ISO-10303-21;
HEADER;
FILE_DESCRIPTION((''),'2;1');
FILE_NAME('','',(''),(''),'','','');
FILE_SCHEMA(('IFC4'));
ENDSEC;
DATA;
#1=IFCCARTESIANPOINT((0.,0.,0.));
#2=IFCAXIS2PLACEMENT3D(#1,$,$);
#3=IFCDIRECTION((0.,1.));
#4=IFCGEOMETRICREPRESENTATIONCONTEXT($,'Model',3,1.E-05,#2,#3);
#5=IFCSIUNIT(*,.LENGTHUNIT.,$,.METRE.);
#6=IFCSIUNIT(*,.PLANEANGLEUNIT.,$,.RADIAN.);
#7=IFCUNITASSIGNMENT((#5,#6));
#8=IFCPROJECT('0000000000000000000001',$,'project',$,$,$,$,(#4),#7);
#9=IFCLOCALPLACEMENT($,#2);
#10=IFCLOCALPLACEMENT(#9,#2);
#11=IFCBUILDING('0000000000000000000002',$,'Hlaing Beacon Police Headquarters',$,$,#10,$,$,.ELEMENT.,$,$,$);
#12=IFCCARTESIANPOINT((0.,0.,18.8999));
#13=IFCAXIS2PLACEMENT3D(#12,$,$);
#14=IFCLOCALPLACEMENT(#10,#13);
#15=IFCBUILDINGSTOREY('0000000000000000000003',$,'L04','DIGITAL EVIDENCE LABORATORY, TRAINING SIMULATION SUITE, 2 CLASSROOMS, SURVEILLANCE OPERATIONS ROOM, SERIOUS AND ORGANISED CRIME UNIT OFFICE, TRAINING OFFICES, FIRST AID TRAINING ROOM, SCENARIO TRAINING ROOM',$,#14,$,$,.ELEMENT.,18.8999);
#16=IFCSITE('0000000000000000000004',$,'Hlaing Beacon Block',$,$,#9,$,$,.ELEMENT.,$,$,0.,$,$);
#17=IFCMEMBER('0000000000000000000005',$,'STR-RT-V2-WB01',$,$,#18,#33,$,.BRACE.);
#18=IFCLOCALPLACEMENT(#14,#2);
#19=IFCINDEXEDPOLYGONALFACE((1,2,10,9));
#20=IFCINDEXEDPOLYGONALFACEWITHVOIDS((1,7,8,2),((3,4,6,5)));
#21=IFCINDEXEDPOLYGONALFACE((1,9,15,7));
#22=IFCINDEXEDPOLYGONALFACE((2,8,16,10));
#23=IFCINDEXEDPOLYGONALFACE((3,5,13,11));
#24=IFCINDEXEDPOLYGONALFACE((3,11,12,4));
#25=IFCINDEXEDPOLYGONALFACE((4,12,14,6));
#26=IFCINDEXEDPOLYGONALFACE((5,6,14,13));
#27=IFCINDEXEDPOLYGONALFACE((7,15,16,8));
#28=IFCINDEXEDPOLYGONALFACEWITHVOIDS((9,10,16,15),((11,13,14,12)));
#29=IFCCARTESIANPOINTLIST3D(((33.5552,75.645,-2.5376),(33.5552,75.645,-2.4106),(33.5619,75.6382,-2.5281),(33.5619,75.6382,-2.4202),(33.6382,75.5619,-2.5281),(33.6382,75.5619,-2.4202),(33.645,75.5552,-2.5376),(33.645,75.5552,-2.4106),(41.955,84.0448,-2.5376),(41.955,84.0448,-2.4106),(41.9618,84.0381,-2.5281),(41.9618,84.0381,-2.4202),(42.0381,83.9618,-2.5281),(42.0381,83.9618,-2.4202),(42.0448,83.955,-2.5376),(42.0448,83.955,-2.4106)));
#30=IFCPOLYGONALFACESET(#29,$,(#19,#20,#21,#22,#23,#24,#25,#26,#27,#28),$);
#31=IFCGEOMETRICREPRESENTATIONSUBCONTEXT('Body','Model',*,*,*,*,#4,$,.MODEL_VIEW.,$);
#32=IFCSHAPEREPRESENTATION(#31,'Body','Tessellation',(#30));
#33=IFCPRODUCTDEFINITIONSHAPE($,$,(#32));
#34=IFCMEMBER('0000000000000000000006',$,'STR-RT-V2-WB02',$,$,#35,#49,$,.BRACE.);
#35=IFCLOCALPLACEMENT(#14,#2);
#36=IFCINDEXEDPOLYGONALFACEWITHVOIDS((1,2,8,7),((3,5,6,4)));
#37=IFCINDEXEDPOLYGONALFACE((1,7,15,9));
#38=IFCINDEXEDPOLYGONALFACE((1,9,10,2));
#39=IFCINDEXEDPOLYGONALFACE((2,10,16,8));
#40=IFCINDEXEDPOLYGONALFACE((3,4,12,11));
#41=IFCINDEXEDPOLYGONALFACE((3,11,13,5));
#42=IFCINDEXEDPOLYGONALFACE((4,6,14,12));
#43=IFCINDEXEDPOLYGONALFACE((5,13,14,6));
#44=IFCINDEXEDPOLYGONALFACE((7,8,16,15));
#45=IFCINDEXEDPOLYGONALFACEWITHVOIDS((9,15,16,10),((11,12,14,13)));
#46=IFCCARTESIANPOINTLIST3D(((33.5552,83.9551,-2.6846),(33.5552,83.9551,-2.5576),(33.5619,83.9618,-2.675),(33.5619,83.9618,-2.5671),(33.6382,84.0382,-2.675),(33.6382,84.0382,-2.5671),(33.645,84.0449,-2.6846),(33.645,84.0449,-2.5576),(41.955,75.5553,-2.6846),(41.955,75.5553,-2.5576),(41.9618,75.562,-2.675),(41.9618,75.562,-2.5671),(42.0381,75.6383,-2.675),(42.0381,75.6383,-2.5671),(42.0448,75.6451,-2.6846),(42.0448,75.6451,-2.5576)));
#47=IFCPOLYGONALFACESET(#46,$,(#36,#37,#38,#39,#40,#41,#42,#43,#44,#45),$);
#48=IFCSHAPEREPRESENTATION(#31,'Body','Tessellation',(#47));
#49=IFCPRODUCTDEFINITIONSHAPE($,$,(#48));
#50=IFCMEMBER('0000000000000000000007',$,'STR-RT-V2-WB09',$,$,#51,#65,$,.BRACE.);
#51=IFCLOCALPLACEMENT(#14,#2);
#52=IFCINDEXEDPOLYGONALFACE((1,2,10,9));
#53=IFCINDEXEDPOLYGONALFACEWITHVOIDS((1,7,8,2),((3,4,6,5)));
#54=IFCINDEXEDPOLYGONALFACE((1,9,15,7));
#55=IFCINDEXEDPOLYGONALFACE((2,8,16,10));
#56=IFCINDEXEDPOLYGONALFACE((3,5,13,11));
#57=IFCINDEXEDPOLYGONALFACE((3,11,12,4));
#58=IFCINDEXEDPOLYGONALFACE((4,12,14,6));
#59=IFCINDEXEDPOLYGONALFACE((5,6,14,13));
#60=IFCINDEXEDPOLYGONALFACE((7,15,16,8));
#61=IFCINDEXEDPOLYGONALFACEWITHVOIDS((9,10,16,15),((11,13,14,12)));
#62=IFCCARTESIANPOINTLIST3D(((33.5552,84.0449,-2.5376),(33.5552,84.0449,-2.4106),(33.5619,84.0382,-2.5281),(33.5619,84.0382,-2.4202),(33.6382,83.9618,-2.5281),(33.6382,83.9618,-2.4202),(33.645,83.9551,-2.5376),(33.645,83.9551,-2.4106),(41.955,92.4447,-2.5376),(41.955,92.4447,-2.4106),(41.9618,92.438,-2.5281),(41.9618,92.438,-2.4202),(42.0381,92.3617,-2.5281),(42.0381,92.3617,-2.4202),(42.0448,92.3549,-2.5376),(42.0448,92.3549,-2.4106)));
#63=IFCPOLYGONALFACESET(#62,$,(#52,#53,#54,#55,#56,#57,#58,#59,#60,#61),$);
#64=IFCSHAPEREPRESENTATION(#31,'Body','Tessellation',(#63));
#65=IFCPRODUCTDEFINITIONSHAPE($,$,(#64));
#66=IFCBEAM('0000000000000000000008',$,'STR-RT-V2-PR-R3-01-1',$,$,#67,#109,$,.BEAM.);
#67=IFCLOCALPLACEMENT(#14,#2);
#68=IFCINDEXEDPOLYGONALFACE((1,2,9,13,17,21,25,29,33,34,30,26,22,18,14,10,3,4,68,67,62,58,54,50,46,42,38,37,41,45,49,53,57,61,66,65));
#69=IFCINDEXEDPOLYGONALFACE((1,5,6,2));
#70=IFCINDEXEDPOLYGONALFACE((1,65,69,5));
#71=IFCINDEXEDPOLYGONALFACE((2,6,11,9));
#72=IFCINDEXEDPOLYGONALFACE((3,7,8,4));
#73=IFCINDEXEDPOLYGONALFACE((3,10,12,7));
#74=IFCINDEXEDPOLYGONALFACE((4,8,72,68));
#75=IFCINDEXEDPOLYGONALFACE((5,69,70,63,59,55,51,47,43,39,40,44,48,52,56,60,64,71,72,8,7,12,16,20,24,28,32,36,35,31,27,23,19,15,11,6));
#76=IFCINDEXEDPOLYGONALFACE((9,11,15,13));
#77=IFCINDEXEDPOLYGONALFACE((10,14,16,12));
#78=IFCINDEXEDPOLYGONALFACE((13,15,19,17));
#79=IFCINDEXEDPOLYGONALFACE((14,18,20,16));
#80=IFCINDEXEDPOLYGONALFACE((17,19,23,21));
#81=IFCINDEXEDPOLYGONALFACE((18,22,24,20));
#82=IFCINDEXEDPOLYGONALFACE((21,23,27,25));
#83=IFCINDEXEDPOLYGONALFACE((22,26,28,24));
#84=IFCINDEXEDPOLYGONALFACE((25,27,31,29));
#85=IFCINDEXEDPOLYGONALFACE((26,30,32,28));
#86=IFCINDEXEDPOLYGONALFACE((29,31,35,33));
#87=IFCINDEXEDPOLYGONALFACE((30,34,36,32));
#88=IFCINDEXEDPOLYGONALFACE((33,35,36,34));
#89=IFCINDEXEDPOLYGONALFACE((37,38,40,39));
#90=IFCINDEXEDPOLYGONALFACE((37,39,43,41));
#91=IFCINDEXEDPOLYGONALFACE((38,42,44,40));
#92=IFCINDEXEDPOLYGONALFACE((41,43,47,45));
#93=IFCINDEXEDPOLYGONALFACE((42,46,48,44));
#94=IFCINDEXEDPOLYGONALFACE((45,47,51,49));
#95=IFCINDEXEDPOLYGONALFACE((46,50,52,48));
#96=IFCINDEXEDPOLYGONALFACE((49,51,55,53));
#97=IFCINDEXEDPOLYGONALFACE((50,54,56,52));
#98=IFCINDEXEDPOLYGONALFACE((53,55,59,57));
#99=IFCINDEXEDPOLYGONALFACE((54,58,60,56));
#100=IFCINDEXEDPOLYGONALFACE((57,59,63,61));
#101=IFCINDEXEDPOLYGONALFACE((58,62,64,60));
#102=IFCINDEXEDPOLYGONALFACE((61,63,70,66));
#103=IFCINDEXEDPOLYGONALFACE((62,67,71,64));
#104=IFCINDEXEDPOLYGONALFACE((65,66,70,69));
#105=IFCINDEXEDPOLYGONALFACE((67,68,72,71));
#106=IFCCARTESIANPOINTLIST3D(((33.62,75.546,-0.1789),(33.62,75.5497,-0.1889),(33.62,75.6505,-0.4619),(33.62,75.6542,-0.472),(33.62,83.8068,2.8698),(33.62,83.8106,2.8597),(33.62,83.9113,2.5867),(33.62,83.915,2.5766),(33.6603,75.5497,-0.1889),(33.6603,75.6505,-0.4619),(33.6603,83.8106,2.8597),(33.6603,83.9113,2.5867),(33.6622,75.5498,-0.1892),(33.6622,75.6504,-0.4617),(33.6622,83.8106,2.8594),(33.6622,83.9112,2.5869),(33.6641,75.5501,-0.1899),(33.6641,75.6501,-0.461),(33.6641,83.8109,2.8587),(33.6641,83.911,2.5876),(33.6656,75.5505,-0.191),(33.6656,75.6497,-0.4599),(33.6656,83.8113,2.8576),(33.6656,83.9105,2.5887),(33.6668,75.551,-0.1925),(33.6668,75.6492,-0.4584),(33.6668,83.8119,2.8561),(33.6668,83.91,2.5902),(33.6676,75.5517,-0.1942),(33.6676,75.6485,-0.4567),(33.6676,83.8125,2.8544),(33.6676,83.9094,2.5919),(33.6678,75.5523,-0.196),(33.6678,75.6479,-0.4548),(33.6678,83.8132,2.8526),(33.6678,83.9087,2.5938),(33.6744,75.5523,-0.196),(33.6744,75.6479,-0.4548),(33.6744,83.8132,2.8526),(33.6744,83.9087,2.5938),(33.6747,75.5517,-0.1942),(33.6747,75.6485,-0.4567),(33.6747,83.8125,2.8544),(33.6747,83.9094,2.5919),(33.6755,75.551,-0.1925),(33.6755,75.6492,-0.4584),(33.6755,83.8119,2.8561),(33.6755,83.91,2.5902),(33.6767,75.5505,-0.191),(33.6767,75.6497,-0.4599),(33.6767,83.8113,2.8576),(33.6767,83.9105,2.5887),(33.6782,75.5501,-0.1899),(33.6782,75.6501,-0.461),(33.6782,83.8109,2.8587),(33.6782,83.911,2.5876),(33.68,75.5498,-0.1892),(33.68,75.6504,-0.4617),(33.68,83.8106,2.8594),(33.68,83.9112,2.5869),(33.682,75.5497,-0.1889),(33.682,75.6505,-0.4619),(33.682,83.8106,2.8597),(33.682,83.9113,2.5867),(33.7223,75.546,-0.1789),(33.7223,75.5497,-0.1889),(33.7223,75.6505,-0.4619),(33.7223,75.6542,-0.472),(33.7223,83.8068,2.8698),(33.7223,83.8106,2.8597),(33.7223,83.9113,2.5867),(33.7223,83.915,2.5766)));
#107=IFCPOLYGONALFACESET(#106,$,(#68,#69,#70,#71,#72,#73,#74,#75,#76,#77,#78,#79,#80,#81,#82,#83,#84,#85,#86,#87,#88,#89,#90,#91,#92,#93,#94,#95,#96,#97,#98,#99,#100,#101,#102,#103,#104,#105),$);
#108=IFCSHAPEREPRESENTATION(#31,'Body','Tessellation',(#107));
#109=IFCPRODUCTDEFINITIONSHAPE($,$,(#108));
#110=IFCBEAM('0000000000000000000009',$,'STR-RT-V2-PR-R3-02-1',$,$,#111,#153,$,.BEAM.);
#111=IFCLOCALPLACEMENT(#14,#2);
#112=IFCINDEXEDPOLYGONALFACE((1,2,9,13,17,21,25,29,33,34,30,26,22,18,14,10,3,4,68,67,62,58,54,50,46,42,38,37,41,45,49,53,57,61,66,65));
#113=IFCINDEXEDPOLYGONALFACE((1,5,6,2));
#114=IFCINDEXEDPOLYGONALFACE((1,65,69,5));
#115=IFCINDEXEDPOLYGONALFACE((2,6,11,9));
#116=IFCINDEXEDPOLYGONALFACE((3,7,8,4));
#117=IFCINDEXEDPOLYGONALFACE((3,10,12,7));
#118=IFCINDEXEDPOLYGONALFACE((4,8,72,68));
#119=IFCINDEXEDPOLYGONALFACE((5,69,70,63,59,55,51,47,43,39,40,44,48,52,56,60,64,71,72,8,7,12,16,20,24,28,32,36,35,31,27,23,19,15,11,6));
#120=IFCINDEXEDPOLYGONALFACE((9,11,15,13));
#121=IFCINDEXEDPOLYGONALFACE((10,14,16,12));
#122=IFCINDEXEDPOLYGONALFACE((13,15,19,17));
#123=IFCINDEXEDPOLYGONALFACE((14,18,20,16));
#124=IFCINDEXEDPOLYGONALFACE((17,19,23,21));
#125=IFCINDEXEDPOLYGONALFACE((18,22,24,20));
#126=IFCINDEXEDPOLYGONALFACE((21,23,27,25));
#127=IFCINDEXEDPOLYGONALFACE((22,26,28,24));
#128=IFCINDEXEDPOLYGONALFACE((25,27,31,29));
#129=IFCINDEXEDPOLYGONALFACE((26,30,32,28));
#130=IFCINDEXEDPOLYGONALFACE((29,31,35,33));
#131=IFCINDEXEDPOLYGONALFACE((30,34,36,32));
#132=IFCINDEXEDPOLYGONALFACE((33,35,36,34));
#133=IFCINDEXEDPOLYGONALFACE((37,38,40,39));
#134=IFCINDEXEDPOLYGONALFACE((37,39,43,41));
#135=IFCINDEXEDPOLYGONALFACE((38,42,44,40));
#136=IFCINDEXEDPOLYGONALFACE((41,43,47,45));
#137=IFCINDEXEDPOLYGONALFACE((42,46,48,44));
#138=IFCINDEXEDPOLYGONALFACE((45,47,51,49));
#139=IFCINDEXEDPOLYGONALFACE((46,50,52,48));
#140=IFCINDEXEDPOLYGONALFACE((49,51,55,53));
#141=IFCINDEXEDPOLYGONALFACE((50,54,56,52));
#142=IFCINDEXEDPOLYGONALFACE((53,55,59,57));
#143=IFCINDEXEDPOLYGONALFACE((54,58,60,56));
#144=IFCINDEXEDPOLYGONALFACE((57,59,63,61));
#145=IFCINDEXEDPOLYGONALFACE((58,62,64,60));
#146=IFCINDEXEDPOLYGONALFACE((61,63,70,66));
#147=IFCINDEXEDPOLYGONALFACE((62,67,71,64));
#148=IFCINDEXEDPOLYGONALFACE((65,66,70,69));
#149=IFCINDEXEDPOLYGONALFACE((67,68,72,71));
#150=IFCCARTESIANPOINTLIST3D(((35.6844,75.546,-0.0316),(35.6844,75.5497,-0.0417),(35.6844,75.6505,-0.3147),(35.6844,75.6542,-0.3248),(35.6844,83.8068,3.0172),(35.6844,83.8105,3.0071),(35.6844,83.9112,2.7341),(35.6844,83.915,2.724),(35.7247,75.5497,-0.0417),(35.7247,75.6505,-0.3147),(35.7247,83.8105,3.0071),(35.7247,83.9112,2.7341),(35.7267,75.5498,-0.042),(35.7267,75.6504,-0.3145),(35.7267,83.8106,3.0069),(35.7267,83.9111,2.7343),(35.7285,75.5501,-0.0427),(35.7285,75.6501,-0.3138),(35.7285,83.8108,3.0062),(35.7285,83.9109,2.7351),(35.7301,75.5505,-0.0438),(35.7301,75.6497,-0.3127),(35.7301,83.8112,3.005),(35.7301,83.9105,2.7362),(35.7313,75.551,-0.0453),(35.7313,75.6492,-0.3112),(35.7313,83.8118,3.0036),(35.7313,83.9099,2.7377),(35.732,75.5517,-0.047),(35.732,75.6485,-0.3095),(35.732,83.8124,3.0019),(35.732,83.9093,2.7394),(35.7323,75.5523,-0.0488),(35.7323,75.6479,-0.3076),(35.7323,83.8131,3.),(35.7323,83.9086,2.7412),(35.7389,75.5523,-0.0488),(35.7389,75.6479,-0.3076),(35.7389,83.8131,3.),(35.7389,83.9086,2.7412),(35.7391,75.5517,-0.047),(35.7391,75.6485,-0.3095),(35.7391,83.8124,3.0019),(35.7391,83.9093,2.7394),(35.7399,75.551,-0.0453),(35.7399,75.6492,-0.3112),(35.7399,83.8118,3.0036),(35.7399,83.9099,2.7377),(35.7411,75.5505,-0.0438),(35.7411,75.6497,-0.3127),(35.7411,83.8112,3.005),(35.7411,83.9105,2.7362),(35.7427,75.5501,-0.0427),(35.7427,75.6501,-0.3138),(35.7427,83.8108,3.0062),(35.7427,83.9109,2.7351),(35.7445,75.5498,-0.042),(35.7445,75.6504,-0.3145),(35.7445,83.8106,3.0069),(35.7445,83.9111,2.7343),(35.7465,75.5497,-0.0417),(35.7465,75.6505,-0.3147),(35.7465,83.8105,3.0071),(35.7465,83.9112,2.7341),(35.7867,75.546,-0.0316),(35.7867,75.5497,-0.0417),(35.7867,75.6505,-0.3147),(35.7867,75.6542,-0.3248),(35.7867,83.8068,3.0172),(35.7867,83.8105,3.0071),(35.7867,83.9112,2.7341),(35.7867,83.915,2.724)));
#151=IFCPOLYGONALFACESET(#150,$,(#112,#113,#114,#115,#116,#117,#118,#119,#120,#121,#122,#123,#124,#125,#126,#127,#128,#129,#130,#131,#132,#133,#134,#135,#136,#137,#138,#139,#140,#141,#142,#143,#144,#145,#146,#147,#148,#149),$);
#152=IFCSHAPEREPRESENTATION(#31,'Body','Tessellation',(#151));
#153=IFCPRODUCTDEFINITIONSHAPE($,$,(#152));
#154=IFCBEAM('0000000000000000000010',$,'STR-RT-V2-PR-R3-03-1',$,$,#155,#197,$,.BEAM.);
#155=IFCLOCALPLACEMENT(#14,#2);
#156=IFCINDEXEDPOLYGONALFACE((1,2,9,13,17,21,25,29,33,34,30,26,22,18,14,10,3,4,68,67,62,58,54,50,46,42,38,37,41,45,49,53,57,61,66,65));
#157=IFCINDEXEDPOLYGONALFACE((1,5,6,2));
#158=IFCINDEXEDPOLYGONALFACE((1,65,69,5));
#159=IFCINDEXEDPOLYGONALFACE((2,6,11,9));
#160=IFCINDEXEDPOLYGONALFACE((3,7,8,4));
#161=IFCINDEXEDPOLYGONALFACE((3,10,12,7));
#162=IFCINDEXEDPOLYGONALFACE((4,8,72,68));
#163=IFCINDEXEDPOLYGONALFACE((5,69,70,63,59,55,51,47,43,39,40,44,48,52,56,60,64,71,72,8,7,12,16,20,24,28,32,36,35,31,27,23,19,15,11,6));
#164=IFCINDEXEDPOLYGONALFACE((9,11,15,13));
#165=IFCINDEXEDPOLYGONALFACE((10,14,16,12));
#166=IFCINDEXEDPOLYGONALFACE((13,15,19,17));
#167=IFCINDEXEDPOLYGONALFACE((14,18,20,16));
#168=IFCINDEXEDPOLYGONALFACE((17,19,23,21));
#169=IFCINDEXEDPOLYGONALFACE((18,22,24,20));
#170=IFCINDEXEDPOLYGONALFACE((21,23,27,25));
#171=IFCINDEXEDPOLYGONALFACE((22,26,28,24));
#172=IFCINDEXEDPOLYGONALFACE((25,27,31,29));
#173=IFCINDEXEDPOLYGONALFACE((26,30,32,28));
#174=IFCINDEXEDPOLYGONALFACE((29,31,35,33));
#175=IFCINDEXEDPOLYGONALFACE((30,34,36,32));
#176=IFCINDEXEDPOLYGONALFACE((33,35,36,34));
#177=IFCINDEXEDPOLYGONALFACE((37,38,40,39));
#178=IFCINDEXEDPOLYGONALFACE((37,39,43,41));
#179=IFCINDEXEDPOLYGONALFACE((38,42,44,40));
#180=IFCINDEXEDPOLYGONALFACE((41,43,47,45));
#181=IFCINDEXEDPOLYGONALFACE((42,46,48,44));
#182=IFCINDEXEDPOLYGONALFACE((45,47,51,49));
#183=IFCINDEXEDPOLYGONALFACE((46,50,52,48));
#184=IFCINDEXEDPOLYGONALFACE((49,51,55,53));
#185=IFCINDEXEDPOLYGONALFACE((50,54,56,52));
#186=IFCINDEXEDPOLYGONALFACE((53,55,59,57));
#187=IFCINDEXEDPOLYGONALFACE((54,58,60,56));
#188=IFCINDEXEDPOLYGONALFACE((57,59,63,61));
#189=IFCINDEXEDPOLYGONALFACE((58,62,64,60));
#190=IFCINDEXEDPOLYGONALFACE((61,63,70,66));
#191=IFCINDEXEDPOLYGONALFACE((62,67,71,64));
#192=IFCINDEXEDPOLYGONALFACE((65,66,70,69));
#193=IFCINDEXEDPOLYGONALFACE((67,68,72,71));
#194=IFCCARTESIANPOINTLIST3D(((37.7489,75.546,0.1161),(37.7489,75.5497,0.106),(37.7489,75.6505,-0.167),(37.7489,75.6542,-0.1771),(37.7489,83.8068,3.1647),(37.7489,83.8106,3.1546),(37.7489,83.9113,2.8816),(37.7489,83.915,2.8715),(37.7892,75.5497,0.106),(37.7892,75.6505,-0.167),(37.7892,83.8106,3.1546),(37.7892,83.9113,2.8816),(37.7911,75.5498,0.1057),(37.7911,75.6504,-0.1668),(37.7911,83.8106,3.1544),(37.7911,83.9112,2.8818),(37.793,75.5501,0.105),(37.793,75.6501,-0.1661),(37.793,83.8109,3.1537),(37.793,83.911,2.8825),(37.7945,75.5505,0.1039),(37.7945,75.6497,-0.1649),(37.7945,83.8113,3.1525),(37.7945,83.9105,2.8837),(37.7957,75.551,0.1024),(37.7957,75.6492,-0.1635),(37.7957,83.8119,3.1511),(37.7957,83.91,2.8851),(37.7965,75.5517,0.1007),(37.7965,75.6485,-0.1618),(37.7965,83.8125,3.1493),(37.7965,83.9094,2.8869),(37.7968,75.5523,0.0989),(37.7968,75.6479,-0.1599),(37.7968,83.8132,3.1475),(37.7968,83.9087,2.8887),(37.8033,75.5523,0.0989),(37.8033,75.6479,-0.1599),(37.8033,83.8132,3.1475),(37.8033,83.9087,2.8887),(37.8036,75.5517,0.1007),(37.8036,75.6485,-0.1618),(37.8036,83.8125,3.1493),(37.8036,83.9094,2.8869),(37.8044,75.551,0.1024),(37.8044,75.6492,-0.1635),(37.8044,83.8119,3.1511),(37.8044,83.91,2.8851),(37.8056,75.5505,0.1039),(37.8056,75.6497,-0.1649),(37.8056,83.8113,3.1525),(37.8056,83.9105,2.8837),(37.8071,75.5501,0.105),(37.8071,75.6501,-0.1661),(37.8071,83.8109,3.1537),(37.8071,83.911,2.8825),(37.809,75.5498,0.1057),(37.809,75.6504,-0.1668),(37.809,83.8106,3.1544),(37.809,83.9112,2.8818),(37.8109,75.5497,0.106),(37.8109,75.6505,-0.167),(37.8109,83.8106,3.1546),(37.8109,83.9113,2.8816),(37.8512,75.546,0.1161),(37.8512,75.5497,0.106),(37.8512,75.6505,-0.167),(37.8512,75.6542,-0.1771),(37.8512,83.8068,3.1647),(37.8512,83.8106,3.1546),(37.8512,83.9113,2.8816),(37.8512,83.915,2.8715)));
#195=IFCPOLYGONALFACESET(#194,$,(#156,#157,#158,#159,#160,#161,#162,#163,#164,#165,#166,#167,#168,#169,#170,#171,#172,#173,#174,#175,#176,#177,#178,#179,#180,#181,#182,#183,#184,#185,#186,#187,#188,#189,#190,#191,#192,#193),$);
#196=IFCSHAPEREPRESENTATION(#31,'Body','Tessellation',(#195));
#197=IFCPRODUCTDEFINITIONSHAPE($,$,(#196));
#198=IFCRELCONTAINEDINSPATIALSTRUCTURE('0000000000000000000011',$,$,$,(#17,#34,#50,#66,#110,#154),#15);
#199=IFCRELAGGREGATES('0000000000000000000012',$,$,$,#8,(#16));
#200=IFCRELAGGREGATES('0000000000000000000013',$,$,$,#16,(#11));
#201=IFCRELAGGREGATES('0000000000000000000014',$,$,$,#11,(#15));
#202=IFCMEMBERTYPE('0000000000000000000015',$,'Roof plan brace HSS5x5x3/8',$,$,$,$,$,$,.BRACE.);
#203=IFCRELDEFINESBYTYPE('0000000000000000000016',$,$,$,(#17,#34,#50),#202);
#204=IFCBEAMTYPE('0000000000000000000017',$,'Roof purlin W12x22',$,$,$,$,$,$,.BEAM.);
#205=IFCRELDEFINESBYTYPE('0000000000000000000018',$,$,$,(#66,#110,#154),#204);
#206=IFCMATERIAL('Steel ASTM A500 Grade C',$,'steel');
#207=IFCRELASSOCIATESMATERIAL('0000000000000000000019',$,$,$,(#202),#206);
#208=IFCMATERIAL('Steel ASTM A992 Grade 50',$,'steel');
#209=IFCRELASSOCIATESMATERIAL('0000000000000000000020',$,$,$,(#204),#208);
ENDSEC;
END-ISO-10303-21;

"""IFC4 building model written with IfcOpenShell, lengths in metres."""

from ifc_helpers import new_model, si_unit, direction, frame, origin, origin_2d, place, context, subcontext, project, spatial, hollow_rectangle, i_section, extrude, material, material_profile, profile_set, type_object, element, save


model = new_model("IFC4")

# Units and contexts
model_context = context("Model", 3, precision=1e-05, world=origin(), true_north=direction((0.0, 1.0)))
body_context = subcontext(model_context, "Body", "Model", "MODEL_VIEW")
ifc_project = project(units=[si_unit("LENGTHUNIT", "METRE"), si_unit("PLANEANGLEUNIT", "RADIAN")], contexts=[model_context])

# Site, building, storey
site_placement = place(None, origin())
site = spatial("IfcSite", under=ifc_project, at=site_placement, Name="Hlaing Beacon Block", CompositionType="ELEMENT", RefElevation=0.0)
building_placement = place(site_placement, origin())
building = spatial("IfcBuilding", under=site, at=building_placement, Name="Hlaing Beacon Police Headquarters", CompositionType="ELEMENT")
storey_placement = place(building_placement, frame((0.0, 0.0, 18.8999)))
storey = spatial("IfcBuildingStorey", under=building, at=storey_placement, Name="L04", Description="DIGITAL EVIDENCE LABORATORY, TRAINING SIMULATION SUITE, 2 CLASSROOMS, SURVEILLANCE OPERATIONS ROOM, SERIOUS AND ORGANISED CRIME UNIT OFFICE, TRAINING OFFICES, FIRST AID TRAINING ROOM, SCENARIO TRAINING ROOM", CompositionType="ELEMENT", Elevation=18.8999)

# Members
ifc_material_1 = material(Name="Steel ASTM A500 Grade C", Category="steel")
ifc_material_profile_1 = material_profile(ifc_material_1, hollow_rectangle(XDim=0.127, YDim=0.127, WallThickness=0.0095, at=origin_2d()), Name="HSS5x5x3/8")
ifc_profile_set_1 = profile_set([ifc_material_profile_1], Name="Steel ASTM A500 Grade C")
member_type_1 = type_object("IfcMemberType", Name="Roof plan brace HSS5x5x3/8", PredefinedType="BRACE", material=ifc_profile_set_1)
for number, where, z_axis, x_axis, name in (
    (1, (33.6001, 75.6001, -2.4741), (0.707107, 0.707107, 0.0), (-0.707107, 0.707107, 0.0), "STR-RT-V2-WB01"),
    (2, (33.6001, 84.0, -2.6211), (0.707107, -0.707107, 0.0), (0.707107, 0.707107, 0.0), "STR-RT-V2-WB02"),
    (3, (33.6001, 84.0, -2.4741), (0.707107, 0.707107, 0.0), (-0.707107, 0.707107, 0.0), "STR-RT-V2-WB09"),
):
    element("IfcMember", number, at=place(storey_placement, frame(where, z_axis=z_axis, x_axis=x_axis)), inside=storey, type_object=member_type_1, Name=name, PredefinedType="BRACE", context=body_context, shape_type="SweptSolid", body=[
        extrude(hollow_rectangle(XDim=0.127, YDim=0.127, WallThickness=0.0095, at=origin_2d()), origin(), (0.0, 0.0, 1.0), 11.8792),
    ])

# Beams
ifc_material_2 = material(Name="Steel ASTM A992 Grade 50", Category="steel")
ifc_material_profile_2 = material_profile(ifc_material_2, i_section(OverallWidth=0.1023, OverallDepth=0.3125, WebThickness=0.0066, FlangeThickness=0.0107, FilletRadius=0.0076, at=origin_2d()), Name="W12x22")
ifc_profile_set_2 = profile_set([ifc_material_profile_2], Name="Steel ASTM A992 Grade 50")
beam_type_1 = type_object("IfcBeamType", Name="Roof purlin W12x22", PredefinedType="BEAM", material=ifc_profile_set_2)
for number, where, z_axis, x_axis, name in (
    (4, (33.6711, 75.6001, -0.3254), (0.0, 0.938153, 0.346221), (-1.0, 0.0, 0.0), "STR-RT-V2-PR-R3-01-1"),
    (5, (35.7356, 75.6001, -0.1782), (0.0, 0.938144, 0.346245), (-1.0, 0.0, 0.0), "STR-RT-V2-PR-R3-02-1"),
    (6, (37.8, 75.6001, -0.0305), (0.0, 0.938153, 0.346221), (-1.0, 0.0, 0.0), "STR-RT-V2-PR-R3-03-1"),
):
    element("IfcBeam", number, at=place(storey_placement, frame(where, z_axis=z_axis, x_axis=x_axis)), inside=storey, type_object=beam_type_1, Name=name, PredefinedType="BEAM", context=body_context, shape_type="SweptSolid", body=[
        extrude(i_section(OverallWidth=0.1023, OverallDepth=0.3125, WebThickness=0.0066, FlangeThickness=0.0107, FilletRadius=0.0076, at=origin_2d()), origin(), (0.0, 0.0, 1.0), 8.8054),
    ])

save(model, "model.ifc")
